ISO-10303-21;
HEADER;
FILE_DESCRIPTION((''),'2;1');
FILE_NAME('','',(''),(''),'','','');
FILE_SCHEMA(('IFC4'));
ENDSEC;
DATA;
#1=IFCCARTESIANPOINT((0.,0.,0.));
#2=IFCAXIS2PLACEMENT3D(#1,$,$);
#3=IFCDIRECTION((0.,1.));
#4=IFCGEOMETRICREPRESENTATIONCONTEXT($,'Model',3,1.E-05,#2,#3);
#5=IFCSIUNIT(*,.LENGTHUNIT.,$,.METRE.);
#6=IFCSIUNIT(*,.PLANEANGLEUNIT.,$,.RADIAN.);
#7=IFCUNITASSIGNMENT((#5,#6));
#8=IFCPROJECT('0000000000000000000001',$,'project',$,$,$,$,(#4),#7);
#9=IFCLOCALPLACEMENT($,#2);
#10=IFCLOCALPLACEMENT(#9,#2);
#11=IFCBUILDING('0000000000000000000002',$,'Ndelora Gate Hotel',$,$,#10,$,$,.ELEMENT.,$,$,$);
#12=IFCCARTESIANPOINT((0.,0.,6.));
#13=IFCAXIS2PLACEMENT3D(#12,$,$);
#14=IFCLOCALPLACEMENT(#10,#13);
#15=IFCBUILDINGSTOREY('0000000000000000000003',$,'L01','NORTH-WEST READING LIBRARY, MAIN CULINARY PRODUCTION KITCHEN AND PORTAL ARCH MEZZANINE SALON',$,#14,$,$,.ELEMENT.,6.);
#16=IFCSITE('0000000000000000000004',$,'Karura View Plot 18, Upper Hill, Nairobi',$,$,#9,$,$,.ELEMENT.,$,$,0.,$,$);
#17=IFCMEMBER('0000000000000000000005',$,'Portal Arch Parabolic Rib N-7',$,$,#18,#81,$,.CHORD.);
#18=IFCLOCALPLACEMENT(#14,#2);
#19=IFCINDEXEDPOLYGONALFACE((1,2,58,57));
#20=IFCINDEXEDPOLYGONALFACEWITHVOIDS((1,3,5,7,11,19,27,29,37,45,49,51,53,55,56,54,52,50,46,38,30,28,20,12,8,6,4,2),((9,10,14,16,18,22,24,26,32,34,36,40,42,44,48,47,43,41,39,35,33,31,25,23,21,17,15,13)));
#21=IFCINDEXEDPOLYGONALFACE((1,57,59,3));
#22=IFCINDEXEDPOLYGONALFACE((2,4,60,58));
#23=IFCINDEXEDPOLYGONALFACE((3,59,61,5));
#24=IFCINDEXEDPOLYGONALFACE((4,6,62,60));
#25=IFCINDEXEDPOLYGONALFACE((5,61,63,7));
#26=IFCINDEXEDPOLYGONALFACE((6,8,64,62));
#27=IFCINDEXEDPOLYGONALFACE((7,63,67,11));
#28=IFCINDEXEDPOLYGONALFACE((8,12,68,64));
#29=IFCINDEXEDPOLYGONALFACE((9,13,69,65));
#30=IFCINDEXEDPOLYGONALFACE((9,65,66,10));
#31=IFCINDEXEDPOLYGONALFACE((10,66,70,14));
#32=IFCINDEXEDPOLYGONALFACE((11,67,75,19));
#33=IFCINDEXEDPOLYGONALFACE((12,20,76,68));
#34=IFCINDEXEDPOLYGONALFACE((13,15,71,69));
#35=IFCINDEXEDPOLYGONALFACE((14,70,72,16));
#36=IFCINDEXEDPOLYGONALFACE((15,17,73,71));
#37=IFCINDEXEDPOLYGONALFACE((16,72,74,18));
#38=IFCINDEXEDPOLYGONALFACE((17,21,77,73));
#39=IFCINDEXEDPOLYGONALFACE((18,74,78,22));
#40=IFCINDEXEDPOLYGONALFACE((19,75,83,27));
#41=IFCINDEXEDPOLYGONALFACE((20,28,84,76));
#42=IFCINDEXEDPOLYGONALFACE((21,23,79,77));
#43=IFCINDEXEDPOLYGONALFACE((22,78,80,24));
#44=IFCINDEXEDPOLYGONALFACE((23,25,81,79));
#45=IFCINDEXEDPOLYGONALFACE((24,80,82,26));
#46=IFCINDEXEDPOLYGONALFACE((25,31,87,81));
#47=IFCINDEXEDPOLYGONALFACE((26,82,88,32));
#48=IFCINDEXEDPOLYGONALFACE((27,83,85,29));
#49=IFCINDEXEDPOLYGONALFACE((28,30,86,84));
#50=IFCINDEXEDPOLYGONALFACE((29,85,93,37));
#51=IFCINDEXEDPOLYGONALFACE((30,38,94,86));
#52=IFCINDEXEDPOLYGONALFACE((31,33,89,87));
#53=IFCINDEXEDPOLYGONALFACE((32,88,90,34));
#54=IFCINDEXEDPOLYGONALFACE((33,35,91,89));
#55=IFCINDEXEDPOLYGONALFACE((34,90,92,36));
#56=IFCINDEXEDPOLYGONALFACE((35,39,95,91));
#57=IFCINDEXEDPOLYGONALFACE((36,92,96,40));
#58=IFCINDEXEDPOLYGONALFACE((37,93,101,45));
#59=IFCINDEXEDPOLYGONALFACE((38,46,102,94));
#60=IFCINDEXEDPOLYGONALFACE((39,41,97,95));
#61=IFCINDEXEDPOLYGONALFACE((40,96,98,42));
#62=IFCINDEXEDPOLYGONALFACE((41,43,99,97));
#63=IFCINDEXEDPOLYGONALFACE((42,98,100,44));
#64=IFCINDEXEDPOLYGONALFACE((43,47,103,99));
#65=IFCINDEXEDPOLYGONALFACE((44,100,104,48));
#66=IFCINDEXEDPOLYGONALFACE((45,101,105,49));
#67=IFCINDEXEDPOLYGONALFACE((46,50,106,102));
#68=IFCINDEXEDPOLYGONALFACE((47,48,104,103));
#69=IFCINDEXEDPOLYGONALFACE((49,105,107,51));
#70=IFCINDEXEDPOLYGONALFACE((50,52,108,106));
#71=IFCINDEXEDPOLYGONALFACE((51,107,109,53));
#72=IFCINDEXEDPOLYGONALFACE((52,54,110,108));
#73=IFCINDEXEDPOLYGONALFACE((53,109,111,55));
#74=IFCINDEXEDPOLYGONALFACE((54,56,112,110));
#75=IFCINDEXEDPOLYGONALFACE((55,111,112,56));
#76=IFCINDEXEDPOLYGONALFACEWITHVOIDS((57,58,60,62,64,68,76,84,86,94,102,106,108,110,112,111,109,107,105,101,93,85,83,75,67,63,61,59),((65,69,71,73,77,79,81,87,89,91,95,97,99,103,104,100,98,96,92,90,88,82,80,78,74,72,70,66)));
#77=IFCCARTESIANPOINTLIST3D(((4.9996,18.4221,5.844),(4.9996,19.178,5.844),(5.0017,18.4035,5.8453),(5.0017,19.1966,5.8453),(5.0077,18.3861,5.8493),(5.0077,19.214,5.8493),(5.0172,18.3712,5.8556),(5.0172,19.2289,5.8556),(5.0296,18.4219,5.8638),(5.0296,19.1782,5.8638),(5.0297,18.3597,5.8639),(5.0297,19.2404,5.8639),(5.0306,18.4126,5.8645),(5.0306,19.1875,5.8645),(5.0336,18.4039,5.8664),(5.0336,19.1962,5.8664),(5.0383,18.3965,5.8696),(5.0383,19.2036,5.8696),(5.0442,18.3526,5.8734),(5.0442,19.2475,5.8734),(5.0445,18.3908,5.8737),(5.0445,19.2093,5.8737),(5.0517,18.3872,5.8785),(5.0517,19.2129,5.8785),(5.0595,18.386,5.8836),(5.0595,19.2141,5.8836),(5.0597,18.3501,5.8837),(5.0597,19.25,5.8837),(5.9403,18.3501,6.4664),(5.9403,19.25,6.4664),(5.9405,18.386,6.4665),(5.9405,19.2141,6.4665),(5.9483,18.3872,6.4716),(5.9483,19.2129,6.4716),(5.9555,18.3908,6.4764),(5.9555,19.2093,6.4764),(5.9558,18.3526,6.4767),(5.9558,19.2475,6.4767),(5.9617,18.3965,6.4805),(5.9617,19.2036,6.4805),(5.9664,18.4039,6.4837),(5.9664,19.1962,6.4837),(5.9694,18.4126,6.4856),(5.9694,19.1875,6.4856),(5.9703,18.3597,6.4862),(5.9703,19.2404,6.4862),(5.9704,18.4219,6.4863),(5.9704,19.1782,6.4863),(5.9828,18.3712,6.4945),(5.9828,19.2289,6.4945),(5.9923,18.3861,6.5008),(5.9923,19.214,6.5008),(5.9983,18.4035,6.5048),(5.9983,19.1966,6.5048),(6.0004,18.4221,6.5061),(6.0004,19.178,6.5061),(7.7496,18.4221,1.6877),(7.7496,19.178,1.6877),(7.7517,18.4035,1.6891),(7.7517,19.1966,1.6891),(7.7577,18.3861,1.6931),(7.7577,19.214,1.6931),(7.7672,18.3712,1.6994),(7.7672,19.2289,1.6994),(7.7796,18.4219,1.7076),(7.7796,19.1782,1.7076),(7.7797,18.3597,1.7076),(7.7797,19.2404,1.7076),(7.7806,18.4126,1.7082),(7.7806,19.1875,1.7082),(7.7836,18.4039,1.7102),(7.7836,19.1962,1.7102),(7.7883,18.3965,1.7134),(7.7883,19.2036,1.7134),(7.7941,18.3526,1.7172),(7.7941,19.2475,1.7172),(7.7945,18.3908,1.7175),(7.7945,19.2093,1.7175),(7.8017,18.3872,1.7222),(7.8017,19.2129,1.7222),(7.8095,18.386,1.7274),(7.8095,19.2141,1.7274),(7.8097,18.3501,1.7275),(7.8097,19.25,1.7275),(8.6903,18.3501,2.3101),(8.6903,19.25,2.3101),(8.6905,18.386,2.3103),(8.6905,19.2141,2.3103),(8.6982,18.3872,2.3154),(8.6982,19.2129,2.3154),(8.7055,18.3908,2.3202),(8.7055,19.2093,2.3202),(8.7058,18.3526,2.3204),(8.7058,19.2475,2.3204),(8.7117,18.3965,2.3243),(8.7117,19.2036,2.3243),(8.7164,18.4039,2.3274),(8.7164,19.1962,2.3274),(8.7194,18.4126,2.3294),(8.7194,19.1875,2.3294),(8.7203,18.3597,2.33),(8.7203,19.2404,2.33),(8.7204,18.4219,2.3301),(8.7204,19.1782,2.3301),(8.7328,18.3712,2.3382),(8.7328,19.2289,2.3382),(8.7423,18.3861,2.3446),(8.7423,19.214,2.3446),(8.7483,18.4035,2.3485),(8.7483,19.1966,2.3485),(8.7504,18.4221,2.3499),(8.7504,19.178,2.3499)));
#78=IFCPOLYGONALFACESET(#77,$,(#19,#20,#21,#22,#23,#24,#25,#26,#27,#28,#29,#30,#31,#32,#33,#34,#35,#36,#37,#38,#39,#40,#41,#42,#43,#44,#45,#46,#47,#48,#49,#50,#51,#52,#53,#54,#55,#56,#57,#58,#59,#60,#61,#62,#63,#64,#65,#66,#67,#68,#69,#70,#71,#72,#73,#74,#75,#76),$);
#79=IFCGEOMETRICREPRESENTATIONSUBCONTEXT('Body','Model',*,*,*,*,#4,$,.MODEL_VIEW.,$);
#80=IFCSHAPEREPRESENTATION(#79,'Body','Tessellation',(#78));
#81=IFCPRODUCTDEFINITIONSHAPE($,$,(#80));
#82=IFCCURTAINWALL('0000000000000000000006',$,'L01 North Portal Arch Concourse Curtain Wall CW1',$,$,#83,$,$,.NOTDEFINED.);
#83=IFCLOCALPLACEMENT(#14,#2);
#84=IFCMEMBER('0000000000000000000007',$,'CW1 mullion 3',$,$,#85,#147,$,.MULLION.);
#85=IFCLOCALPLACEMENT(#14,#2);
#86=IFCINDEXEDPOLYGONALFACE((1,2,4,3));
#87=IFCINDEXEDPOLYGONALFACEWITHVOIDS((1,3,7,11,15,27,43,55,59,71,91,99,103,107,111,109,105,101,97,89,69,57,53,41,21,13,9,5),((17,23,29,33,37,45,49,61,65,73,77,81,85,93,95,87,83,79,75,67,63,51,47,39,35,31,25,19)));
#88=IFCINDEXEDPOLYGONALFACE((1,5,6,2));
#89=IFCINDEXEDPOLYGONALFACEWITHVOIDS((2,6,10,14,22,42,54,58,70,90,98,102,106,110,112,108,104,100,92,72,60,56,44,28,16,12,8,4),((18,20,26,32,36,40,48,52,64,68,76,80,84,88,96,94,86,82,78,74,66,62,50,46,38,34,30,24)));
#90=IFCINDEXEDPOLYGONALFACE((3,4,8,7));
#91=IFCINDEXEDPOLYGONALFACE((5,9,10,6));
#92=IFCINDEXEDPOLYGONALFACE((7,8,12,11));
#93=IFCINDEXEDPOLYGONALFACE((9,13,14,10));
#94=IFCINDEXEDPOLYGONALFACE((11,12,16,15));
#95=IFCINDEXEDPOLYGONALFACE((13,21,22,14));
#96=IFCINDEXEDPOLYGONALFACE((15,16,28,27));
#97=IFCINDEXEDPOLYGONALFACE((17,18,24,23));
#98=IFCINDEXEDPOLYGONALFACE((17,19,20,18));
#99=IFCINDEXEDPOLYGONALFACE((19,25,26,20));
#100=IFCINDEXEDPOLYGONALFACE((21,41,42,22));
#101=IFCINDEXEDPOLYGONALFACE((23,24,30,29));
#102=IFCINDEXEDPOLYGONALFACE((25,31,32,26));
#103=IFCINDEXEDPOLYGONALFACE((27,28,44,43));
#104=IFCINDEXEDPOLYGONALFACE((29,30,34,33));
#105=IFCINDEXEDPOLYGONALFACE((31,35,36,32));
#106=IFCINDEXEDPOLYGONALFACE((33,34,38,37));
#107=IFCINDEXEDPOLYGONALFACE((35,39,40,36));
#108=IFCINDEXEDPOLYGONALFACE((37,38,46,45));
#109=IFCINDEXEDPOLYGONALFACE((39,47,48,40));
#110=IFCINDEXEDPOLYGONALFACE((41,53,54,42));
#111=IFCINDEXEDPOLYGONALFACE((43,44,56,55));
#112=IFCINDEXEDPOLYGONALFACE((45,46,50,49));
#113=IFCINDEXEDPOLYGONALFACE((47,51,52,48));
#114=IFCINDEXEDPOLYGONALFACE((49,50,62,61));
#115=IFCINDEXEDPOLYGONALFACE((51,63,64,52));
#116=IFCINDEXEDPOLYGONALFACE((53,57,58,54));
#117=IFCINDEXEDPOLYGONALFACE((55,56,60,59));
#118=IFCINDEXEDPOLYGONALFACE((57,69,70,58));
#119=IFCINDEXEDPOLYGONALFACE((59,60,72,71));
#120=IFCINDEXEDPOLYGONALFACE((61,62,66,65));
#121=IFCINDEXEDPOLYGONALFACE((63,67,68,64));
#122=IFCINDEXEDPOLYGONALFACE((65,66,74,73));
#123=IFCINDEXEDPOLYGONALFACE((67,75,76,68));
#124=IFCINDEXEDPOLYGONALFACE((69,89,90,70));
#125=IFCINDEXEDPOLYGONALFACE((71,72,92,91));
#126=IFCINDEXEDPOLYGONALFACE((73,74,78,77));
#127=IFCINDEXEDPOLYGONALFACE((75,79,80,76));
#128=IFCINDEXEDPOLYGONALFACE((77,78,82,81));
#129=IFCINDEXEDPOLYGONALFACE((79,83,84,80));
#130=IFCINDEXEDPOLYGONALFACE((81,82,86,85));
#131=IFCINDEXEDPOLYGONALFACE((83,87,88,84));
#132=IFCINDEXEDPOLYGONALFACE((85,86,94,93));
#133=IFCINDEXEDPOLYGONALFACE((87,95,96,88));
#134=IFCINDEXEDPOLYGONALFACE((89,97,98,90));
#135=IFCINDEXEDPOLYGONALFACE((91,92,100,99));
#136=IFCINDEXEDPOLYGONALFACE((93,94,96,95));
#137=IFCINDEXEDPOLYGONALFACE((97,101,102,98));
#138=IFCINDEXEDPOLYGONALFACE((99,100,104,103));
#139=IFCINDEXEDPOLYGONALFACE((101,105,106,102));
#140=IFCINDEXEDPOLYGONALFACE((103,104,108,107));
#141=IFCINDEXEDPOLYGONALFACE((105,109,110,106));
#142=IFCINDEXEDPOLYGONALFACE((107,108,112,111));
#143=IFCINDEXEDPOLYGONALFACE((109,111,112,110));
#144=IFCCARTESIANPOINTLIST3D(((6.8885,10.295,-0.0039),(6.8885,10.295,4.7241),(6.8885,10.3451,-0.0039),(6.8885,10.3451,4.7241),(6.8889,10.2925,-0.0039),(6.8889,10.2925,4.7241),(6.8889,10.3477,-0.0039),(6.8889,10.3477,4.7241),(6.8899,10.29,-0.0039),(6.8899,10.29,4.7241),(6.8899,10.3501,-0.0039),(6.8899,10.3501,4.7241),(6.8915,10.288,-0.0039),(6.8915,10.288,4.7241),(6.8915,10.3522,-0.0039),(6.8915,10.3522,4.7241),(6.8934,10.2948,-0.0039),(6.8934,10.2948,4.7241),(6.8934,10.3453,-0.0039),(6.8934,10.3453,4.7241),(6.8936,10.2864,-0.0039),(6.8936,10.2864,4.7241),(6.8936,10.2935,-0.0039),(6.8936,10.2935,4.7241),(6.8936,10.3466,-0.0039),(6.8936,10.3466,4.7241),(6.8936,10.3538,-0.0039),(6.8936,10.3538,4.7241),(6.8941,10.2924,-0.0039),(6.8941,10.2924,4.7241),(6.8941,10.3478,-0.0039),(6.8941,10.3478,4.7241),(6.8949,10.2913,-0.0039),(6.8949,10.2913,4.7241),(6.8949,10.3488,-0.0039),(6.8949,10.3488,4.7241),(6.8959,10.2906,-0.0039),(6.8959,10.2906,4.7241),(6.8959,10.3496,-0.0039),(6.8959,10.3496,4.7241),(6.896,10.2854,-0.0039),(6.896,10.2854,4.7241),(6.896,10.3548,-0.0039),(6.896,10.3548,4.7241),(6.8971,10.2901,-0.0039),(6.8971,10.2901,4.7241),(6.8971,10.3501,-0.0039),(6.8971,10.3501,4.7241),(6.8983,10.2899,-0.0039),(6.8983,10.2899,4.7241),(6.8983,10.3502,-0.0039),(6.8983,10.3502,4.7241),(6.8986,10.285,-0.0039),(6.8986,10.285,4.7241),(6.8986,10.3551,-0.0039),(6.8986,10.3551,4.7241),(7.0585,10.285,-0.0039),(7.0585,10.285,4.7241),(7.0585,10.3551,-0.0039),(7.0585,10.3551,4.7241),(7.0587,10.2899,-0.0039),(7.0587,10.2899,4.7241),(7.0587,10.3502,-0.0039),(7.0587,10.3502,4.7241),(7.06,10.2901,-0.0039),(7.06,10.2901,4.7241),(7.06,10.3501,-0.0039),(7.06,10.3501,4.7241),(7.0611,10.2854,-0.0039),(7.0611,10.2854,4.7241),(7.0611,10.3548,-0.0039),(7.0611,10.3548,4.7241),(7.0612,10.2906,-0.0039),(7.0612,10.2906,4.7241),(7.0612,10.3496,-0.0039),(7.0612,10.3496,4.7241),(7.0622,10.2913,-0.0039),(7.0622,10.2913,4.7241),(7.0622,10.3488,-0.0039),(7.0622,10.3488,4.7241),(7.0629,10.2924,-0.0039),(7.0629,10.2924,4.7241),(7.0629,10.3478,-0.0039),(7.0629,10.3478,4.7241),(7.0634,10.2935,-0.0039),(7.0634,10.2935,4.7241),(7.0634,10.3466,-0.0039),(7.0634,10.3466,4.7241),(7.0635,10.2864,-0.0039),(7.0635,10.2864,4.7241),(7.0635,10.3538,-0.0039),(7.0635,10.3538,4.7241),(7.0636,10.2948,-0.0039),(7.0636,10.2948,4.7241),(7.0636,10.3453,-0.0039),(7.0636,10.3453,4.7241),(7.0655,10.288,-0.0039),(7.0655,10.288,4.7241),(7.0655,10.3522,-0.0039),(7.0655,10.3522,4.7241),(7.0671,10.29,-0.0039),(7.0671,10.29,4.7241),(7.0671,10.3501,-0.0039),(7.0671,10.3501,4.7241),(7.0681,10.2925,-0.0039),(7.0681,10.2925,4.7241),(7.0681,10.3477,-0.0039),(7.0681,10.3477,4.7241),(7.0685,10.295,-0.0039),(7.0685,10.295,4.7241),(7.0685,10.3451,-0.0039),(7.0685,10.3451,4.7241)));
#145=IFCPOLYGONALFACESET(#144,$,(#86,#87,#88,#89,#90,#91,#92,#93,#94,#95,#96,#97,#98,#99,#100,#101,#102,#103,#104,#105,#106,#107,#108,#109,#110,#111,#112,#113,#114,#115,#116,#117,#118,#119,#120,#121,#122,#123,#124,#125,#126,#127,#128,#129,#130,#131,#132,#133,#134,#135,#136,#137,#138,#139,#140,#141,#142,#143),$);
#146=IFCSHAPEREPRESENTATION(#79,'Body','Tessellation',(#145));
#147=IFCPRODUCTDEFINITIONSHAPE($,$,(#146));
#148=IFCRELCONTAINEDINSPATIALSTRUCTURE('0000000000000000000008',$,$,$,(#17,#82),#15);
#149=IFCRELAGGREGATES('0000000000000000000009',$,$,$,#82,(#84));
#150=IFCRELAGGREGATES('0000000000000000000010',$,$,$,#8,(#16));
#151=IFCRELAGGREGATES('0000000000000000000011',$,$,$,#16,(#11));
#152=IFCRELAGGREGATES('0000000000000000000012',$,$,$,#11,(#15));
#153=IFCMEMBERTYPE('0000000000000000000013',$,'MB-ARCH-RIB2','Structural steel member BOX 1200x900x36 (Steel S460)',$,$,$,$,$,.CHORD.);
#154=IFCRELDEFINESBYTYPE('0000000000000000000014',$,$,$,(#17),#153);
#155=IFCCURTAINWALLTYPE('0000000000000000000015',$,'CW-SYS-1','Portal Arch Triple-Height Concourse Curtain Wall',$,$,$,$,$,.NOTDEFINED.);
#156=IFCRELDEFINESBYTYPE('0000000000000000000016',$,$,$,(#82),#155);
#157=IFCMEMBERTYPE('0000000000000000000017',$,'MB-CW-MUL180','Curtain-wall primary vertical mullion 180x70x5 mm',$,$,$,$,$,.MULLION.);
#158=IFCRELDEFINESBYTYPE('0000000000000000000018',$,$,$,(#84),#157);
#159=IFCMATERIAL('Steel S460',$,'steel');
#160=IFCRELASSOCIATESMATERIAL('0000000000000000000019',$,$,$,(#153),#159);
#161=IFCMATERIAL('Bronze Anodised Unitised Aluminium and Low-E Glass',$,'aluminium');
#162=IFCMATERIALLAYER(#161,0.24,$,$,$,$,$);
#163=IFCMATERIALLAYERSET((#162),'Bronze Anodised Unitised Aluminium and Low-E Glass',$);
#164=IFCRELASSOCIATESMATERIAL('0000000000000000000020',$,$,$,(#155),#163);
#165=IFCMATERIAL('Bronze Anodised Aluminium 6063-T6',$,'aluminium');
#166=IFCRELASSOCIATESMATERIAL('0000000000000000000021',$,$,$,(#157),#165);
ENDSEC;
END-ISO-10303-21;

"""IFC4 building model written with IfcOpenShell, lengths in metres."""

from ifc_helpers import new_model, si_unit, direction, frame, origin, origin_2d, place, context, subcontext, project, spatial, hollow_rectangle, extrude, material, layer, layer_set, material_profile, profile_set, type_object, element, aggregate, save


model = new_model("IFC4")

# Units and contexts
model_context = context("Model", 3, precision=1e-05, world=origin(), true_north=direction((0.0, 1.0)))
body_context = subcontext(model_context, "Body", "Model", "MODEL_VIEW")
ifc_project = project(units=[si_unit("LENGTHUNIT", "METRE"), si_unit("PLANEANGLEUNIT", "RADIAN")], contexts=[model_context])

# Site, building, storey
site_placement = place(None, origin())
site = spatial("IfcSite", under=ifc_project, at=site_placement, Name="Karura View Plot 18, Upper Hill, Nairobi", CompositionType="ELEMENT", RefElevation=0.0)
building_placement = place(site_placement, origin())
building = spatial("IfcBuilding", under=site, at=building_placement, Name="Ndelora Gate Hotel", CompositionType="ELEMENT")
storey_placement = place(building_placement, frame((0.0, 0.0, 6.0)))
storey = spatial("IfcBuildingStorey", under=building, at=storey_placement, Name="L01", Description="NORTH-WEST READING LIBRARY, MAIN CULINARY PRODUCTION KITCHEN AND PORTAL ARCH MEZZANINE SALON", CompositionType="ELEMENT", Elevation=6.0)

# Member
ifc_material_1 = material(Name="Steel S460", Category="steel")
ifc_material_profile_1 = material_profile(ifc_material_1, hollow_rectangle(XDim=0.8999, YDim=1.2, WallThickness=0.0359, InnerFilletRadius=0.0359, OuterFilletRadius=0.072, at=origin_2d()), Name="BOX 1200x900x36")
ifc_profile_set_1 = profile_set([ifc_material_profile_1], Name="Steel S460")
member_type_1 = type_object("IfcMemberType", Name="MB-ARCH-RIB2", Description="Structural steel member BOX 1200x900x36 (Steel S460)", PredefinedType="CHORD", material=ifc_profile_set_1)
member_1_placement = place(storey_placement, frame((5.5, 18.8, 6.175), z_axis=(0.551803, 0.0, -0.833975), x_axis=(0.0, 1.0, 0.0)))
element("IfcMember", 1, at=member_1_placement, inside=storey, type_object=member_type_1, Name="Portal Arch Parabolic Rib N-7", PredefinedType="CHORD", context=body_context, shape_type="SweptSolid", body=[
    extrude(hollow_rectangle(XDim=0.8999, YDim=1.2, WallThickness=0.0359, InnerFilletRadius=0.0359, OuterFilletRadius=0.072, at=origin_2d()), origin(), (0.0, 0.0, 1.0), 4.9836),
])

# Curtain wall, member
ifc_material_2 = material(Name="Bronze Anodised Unitised Aluminium and Low-E Glass", Category="aluminium")
ifc_layer_1 = layer(ifc_material_2, 0.24)
ifc_layer_set_1 = layer_set([ifc_layer_1], Name="Bronze Anodised Unitised Aluminium and Low-E Glass")
curtain_wall_type = type_object("IfcCurtainWallType", Name="CW-SYS-1", Description="Portal Arch Triple-Height Concourse Curtain Wall", PredefinedType="NOTDEFINED", material=ifc_layer_set_1)
curtain_wall_placement = place(storey_placement, origin())
curtain_wall = element("IfcCurtainWall", 2, at=curtain_wall_placement, inside=storey, type_object=curtain_wall_type, Name="L01 North Portal Arch Concourse Curtain Wall CW1", PredefinedType="NOTDEFINED")
ifc_material_3 = material(Name="Bronze Anodised Aluminium 6063-T6", Category="aluminium")
ifc_material_profile_2 = material_profile(ifc_material_3, hollow_rectangle(XDim=0.0701, YDim=0.1799, WallThickness=0.0049, InnerFilletRadius=0.0049, OuterFilletRadius=0.01, at=origin_2d()), Name="ALU 180x70x5")
ifc_profile_set_2 = profile_set([ifc_material_profile_2], Name="Bronze Anodised Aluminium 6063-T6")
member_type_2 = type_object("IfcMemberType", Name="MB-CW-MUL180", Description="Curtain-wall primary vertical mullion 180x70x5 mm", PredefinedType="MULLION", material=ifc_profile_set_2)
member_2_placement = place(storey_placement, frame((6.9785, 10.3201, -0.0039), z_axis=(0.0, 0.0, 1.0), x_axis=(0.0, -1.0, 0.0)))
member_2 = element("IfcMember", 3, at=member_2_placement, type_object=member_type_2, Name="CW1 mullion 3", PredefinedType="MULLION", context=body_context, shape_type="SweptSolid", body=[
    extrude(hollow_rectangle(XDim=0.0701, YDim=0.1799, WallThickness=0.0049, InnerFilletRadius=0.0049, OuterFilletRadius=0.01, at=origin_2d()), origin(), (0.0, 0.0, 1.0), 4.728),
])
aggregate(curtain_wall, [member_2])

save(model, "model.ifc")
